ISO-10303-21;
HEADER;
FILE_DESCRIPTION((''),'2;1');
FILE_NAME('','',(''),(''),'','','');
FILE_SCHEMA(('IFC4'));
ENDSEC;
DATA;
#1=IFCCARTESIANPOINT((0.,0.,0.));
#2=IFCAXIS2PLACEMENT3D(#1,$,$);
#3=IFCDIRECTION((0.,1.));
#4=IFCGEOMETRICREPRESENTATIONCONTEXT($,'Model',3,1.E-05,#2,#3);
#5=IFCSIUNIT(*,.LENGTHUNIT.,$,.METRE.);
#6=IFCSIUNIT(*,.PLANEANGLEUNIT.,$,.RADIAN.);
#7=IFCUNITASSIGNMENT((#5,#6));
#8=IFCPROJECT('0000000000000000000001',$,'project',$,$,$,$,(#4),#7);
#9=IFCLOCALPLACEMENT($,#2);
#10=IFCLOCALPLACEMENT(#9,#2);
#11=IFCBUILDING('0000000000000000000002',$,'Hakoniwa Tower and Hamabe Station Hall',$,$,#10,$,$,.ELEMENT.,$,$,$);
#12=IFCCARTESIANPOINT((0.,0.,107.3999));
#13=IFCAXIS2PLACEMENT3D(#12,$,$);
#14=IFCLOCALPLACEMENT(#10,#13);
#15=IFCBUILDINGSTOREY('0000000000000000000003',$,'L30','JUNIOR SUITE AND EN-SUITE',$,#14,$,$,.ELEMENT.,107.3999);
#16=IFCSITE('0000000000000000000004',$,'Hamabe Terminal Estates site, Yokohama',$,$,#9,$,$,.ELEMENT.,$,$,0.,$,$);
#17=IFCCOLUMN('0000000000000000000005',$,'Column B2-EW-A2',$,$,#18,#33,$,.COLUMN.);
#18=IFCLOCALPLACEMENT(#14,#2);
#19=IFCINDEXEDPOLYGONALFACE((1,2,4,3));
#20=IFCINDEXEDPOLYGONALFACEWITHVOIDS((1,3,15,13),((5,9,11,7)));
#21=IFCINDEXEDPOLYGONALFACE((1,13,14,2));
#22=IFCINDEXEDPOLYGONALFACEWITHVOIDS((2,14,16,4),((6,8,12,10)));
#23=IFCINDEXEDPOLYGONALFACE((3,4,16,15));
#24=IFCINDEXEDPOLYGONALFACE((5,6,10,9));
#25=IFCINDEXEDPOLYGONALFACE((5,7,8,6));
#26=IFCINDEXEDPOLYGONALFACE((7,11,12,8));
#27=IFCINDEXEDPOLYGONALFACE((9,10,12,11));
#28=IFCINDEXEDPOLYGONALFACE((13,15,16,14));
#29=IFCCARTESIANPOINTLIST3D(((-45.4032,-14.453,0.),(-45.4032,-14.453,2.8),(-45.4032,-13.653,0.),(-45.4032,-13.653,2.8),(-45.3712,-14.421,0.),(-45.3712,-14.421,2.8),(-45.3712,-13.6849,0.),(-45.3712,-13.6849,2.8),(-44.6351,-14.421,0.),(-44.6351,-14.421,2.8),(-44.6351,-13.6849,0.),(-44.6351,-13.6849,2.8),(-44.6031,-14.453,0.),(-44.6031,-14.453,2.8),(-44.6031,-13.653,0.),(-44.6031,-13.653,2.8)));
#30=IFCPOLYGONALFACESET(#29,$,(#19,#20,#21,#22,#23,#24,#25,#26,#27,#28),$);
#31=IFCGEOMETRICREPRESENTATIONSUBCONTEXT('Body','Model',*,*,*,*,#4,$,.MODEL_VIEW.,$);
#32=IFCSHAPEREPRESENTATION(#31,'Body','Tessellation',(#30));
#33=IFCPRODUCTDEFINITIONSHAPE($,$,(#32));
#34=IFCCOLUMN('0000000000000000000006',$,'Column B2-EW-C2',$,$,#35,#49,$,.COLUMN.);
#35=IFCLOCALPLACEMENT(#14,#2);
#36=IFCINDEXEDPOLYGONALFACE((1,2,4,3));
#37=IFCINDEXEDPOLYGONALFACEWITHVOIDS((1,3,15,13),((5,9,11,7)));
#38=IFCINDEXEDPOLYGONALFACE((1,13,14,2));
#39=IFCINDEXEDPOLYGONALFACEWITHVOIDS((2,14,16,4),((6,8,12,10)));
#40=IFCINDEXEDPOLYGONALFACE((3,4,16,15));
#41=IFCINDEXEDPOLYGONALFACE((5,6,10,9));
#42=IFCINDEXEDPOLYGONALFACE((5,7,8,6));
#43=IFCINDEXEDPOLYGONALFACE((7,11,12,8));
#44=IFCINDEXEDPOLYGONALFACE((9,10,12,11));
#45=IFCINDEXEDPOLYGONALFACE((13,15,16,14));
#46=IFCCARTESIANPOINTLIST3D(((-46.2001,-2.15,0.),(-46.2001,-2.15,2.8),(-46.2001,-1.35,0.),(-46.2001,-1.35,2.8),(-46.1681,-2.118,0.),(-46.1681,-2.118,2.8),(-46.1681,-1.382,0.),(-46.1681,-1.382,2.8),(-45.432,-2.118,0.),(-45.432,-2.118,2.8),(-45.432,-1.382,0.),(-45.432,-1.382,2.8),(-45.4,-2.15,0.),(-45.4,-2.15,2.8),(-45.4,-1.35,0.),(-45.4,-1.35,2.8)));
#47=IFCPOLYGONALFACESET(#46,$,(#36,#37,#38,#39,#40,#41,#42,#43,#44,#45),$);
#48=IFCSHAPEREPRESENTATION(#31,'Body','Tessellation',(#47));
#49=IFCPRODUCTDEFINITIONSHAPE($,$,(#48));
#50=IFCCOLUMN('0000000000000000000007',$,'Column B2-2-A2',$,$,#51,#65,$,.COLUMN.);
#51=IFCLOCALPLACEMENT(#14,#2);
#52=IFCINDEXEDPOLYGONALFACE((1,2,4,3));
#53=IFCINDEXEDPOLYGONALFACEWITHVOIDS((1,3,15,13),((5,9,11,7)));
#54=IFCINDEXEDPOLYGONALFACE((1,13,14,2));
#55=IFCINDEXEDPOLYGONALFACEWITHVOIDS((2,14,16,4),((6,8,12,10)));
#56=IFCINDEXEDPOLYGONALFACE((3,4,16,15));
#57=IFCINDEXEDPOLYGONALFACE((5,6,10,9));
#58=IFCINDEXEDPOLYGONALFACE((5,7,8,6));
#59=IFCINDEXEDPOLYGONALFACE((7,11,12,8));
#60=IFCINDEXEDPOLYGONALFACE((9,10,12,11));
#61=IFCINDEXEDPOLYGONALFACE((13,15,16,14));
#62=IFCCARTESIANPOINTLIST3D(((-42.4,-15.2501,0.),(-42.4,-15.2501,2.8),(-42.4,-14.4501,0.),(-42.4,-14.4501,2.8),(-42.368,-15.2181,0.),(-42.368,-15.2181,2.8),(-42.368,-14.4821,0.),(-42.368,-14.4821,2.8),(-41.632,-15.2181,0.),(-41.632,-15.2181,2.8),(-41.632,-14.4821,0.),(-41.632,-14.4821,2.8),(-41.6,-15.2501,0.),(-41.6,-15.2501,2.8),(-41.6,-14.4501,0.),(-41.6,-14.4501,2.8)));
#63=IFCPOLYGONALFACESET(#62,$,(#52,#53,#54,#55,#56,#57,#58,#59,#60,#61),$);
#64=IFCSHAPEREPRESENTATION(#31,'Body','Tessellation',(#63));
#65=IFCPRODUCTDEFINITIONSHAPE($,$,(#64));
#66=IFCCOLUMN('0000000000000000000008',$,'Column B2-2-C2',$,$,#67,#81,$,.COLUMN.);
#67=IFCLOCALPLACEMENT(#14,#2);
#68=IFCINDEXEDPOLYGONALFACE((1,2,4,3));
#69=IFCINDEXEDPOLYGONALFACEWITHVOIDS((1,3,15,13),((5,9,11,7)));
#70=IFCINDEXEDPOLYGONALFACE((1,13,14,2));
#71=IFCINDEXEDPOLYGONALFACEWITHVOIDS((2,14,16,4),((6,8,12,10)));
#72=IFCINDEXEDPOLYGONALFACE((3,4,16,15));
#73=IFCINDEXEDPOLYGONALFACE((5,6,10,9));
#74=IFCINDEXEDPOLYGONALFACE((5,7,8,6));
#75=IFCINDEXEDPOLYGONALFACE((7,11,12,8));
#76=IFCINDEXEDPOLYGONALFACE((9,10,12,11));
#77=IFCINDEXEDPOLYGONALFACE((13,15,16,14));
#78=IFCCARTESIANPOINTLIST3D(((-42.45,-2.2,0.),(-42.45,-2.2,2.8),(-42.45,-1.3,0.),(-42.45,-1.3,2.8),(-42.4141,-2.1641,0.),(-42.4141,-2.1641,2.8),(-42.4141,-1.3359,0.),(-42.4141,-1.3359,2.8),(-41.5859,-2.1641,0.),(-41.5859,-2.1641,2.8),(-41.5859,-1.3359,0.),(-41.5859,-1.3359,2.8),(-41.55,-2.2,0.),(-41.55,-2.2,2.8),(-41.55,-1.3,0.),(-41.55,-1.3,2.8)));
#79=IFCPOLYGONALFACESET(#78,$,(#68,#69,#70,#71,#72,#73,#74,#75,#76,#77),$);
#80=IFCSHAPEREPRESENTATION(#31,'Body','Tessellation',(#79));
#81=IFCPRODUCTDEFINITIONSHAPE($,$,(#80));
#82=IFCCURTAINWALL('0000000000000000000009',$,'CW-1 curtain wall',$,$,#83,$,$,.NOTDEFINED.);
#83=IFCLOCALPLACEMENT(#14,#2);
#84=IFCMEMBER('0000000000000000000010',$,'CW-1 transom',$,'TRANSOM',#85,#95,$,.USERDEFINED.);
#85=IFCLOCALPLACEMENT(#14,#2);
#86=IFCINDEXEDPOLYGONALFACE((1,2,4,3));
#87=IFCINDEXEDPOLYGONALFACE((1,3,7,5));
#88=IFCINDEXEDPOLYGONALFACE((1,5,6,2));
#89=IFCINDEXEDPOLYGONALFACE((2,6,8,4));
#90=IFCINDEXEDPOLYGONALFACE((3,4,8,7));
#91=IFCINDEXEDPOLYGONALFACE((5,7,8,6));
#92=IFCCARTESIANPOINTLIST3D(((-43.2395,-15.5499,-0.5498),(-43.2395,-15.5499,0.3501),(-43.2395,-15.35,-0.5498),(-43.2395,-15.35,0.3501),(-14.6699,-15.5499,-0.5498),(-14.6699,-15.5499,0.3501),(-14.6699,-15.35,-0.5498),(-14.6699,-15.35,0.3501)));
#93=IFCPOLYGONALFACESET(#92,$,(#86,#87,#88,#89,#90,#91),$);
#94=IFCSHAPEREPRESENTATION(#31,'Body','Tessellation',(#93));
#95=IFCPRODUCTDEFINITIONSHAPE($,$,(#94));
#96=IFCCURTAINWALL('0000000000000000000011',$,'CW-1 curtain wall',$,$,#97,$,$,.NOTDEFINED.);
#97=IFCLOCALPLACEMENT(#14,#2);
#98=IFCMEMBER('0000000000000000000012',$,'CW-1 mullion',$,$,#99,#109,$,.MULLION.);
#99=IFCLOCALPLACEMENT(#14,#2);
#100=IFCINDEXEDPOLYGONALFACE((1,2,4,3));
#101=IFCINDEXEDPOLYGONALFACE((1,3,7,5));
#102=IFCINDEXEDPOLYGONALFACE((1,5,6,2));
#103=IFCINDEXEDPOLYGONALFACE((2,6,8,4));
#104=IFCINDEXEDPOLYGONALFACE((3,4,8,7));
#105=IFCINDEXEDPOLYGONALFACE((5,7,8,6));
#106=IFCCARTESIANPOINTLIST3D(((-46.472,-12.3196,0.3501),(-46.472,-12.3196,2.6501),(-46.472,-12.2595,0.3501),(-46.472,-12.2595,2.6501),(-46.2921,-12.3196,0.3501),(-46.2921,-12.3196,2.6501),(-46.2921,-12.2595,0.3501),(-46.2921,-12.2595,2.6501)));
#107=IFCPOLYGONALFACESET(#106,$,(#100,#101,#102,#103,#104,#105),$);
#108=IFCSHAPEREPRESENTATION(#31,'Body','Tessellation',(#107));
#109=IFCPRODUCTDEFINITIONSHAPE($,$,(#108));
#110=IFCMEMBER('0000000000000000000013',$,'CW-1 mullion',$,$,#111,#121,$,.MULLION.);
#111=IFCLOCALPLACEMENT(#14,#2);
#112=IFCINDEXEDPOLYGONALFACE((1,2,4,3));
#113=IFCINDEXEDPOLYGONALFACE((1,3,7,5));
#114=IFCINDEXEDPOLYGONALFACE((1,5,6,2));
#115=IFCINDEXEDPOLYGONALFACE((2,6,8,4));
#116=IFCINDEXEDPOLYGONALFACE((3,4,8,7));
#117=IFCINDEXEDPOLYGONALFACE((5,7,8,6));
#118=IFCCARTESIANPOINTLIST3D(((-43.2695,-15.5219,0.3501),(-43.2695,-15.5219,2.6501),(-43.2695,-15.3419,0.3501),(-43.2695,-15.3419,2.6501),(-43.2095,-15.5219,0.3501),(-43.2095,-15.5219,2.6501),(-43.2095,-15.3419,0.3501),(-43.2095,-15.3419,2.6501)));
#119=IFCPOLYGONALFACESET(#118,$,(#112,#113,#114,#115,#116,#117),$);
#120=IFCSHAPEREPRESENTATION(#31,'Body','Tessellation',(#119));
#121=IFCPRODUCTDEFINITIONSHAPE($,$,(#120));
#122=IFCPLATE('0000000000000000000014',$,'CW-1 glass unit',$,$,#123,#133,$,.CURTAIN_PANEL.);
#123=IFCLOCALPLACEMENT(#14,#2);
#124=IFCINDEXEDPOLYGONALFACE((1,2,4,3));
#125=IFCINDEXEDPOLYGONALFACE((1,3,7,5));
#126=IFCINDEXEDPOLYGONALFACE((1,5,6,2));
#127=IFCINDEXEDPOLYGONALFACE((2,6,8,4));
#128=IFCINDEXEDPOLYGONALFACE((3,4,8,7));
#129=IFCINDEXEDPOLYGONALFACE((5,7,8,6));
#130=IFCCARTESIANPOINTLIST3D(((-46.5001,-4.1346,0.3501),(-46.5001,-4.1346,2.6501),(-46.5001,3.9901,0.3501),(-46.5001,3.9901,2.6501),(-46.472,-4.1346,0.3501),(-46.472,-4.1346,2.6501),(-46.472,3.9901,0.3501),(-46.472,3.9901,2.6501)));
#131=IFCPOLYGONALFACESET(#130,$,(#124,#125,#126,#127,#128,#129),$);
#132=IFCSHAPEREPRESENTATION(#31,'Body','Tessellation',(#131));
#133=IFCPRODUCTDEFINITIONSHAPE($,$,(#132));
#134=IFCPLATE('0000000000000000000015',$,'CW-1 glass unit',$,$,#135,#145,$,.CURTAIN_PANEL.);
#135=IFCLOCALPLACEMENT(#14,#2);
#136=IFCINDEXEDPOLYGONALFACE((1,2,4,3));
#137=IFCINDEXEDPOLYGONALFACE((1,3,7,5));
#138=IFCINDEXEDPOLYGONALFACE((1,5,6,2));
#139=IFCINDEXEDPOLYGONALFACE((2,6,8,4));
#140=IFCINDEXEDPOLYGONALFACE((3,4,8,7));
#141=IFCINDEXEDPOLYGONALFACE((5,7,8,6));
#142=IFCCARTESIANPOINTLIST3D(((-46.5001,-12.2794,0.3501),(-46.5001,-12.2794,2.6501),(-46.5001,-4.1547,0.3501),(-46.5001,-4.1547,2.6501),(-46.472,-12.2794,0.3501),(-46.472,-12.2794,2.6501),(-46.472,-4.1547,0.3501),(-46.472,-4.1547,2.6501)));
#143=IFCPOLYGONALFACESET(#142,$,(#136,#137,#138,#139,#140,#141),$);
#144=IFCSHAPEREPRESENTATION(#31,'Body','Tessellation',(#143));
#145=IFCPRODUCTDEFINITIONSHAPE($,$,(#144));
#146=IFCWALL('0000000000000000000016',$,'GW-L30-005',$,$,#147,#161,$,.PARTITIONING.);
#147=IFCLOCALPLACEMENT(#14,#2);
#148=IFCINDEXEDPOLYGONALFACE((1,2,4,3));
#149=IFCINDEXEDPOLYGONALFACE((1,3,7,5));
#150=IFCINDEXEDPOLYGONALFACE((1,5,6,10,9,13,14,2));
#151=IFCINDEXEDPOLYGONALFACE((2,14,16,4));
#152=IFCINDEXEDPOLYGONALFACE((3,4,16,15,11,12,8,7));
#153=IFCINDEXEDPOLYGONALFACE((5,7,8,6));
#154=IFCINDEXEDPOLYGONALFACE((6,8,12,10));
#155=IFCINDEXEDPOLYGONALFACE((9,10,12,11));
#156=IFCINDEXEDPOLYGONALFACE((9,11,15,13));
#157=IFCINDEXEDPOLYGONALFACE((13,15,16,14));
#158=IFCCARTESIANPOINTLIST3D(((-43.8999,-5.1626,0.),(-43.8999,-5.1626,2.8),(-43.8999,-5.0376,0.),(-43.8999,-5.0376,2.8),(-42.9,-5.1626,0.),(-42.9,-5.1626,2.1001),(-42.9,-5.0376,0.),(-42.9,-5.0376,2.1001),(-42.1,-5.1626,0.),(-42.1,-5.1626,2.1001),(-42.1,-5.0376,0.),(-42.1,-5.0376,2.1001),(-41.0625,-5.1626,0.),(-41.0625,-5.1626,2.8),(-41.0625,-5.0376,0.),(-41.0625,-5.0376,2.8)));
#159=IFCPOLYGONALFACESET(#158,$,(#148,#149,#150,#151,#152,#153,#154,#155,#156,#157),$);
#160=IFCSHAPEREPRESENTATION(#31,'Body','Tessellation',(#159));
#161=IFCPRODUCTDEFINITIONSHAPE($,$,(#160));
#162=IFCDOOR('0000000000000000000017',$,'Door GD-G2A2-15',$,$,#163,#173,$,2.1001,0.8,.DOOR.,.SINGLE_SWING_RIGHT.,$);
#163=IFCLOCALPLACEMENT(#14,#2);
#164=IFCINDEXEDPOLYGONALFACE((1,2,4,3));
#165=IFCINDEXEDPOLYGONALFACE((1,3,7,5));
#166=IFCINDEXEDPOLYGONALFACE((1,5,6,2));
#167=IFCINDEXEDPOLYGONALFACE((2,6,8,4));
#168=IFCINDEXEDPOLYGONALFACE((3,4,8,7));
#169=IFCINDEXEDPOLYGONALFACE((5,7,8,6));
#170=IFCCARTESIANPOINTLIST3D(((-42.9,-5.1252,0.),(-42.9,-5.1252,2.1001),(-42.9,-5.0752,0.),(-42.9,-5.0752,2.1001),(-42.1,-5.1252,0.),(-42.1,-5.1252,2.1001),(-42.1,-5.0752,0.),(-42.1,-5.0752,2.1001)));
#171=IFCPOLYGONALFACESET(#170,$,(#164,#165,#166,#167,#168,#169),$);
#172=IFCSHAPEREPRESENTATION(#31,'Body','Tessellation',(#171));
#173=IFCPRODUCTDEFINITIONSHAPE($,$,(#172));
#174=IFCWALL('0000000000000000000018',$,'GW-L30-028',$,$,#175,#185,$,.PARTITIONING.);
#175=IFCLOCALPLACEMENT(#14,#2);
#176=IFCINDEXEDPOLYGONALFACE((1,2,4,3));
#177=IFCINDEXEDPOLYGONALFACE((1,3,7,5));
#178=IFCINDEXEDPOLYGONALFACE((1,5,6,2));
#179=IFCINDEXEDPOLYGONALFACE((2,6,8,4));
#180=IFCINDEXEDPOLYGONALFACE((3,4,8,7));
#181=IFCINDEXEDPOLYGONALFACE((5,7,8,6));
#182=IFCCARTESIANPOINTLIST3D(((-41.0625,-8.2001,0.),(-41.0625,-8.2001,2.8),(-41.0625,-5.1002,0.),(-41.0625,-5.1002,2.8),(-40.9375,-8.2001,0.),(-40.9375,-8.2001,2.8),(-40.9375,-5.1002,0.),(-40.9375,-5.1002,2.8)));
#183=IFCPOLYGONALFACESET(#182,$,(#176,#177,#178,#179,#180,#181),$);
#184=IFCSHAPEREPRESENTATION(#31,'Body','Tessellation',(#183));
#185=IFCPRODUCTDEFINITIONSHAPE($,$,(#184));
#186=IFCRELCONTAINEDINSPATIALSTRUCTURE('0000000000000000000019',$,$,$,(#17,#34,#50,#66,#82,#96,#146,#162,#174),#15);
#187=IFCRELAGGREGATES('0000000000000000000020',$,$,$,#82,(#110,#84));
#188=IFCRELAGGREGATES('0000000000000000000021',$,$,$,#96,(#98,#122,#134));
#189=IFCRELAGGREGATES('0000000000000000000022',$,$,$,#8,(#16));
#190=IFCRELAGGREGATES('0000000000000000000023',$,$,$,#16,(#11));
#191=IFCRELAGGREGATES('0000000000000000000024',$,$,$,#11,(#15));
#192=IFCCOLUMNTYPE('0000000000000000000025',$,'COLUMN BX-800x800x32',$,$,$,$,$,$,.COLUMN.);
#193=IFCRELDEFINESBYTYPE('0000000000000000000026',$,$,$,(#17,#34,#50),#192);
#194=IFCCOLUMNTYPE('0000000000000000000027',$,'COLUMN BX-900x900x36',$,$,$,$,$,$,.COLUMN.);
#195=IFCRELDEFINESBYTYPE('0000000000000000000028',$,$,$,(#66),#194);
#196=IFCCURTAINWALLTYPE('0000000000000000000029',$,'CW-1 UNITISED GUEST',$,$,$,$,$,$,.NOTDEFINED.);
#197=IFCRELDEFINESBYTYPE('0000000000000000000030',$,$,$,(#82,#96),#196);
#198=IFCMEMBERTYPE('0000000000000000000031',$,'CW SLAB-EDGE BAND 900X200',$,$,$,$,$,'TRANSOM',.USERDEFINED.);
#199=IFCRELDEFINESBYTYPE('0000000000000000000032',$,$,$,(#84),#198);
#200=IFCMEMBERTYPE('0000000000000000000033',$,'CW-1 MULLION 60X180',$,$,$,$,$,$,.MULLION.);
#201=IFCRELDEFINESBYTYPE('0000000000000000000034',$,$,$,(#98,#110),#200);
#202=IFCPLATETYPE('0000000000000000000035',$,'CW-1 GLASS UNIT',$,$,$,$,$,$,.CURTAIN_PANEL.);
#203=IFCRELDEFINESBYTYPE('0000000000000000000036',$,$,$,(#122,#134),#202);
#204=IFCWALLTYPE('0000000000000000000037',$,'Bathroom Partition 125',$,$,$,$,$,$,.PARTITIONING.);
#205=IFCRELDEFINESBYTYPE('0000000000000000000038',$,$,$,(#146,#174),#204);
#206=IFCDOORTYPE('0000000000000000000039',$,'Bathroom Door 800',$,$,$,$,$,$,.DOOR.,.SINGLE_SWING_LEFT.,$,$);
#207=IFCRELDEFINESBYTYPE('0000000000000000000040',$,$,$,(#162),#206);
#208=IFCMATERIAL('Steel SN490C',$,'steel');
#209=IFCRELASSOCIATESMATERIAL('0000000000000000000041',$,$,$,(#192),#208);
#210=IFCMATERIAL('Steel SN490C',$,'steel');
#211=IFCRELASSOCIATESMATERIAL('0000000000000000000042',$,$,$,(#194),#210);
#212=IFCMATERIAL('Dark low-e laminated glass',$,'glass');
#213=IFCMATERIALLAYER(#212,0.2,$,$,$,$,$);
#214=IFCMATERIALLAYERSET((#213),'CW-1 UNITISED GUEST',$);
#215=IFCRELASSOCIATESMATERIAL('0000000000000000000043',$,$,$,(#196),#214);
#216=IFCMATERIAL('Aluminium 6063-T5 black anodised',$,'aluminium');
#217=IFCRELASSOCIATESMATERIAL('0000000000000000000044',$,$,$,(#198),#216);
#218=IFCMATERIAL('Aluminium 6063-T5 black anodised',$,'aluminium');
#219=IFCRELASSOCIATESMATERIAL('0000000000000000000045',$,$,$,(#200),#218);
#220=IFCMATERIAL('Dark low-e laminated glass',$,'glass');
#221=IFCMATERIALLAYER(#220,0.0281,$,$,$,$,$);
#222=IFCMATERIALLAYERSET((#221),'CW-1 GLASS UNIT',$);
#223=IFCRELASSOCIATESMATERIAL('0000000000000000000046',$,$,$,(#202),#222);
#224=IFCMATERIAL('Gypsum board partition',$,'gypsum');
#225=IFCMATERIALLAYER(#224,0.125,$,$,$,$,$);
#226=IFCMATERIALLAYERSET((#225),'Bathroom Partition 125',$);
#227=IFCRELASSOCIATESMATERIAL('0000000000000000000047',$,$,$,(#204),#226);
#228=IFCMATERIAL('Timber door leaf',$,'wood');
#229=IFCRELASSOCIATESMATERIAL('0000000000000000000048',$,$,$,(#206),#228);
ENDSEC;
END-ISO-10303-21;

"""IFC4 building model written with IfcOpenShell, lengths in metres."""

from ifc_helpers import new_model, si_unit, direction, frame, frame_2d, origin, origin_2d, place, context, subcontext, project, spatial, rectangle, hollow_rectangle, extrude, material, layer, layer_set, material_profile, profile_set, type_object, element, fill, aggregate, save


model = new_model("IFC4")

# Units and contexts
model_context = context("Model", 3, precision=1e-05, world=origin(), true_north=direction((0.0, 1.0)))
body_context = subcontext(model_context, "Body", "Model", "MODEL_VIEW")
ifc_project = project(units=[si_unit("LENGTHUNIT", "METRE"), si_unit("PLANEANGLEUNIT", "RADIAN")], contexts=[model_context])

# Site, building, storey
site_placement = place(None, origin())
site = spatial("IfcSite", under=ifc_project, at=site_placement, Name="Hamabe Terminal Estates site, Yokohama", CompositionType="ELEMENT", RefElevation=0.0)
building_placement = place(site_placement, origin())
building = spatial("IfcBuilding", under=site, at=building_placement, Name="Hakoniwa Tower and Hamabe Station Hall", CompositionType="ELEMENT")
storey_placement = place(building_placement, frame((0.0, 0.0, 107.3999)))
storey = spatial("IfcBuildingStorey", under=building, at=storey_placement, Name="L30", Description="JUNIOR SUITE AND EN-SUITE", CompositionType="ELEMENT", Elevation=107.3999)

# Columns
ifc_material_1 = material(Name="Steel SN490C", Category="steel")
ifc_material_profile_1 = material_profile(ifc_material_1, hollow_rectangle(XDim=0.8, YDim=0.8, WallThickness=0.032, at=origin_2d()), Name="BX-800x800x32")
ifc_profile_set_1 = profile_set([ifc_material_profile_1], Name="Steel SN490C")
column_type_1 = type_object("IfcColumnType", Name="COLUMN BX-800x800x32", PredefinedType="COLUMN", material=ifc_profile_set_1)
for number, where, z_axis, x_axis, name in (
    (1, (-45.0032, -14.053, 0.0), (0.0, 0.0, 1.0), (1.0, 0.0, 0.0), "Column B2-EW-A2"),
    (2, (-45.8, -1.75, 0.0), (0.0, 0.0, 1.0), (1.0, 0.0, 0.0), "Column B2-EW-C2"),
    (3, (-42.0, -14.8501, 0.0), (0.0, 0.0, 1.0), (1.0, 0.0, 0.0), "Column B2-2-A2"),
):
    element("IfcColumn", number, at=place(storey_placement, frame(where, z_axis=z_axis, x_axis=x_axis)), inside=storey, type_object=column_type_1, Name=name, PredefinedType="COLUMN", context=body_context, shape_type="SweptSolid", body=[
        extrude(hollow_rectangle(XDim=0.8, YDim=0.8, WallThickness=0.032, at=origin_2d()), origin(), (0.0, 0.0, 1.0), 2.8),
    ])
ifc_material_2 = material(Name="Steel SN490C", Category="steel")
ifc_material_profile_2 = material_profile(ifc_material_2, hollow_rectangle(XDim=0.8999, YDim=0.8999, WallThickness=0.0359, at=origin_2d()), Name="BX-900x900x36")
ifc_profile_set_2 = profile_set([ifc_material_profile_2], Name="Steel SN490C")
column_type_2 = type_object("IfcColumnType", Name="COLUMN BX-900x900x36", PredefinedType="COLUMN", material=ifc_profile_set_2)
column_placement = place(storey_placement, frame((-42.0, -1.75, 0.0), z_axis=(0.0, 0.0, 1.0), x_axis=(1.0, 0.0, 0.0)))
element("IfcColumn", 4, at=column_placement, inside=storey, type_object=column_type_2, Name="Column B2-2-C2", PredefinedType="COLUMN", context=body_context, shape_type="SweptSolid", body=[
    extrude(hollow_rectangle(XDim=0.8999, YDim=0.8999, WallThickness=0.0359, at=origin_2d()), origin(), (0.0, 0.0, 1.0), 2.8),
])

# Curtain walls, members
ifc_material_3 = material(Name="Dark low-e laminated glass", Category="glass")
ifc_layer_1 = layer(ifc_material_3, 0.2)
ifc_layer_set_1 = layer_set([ifc_layer_1], Name="CW-1 UNITISED GUEST")
curtain_wall_type = type_object("IfcCurtainWallType", Name="CW-1 UNITISED GUEST", PredefinedType="NOTDEFINED", material=ifc_layer_set_1)
curtain_wall_1_placement = place(storey_placement, origin())
curtain_wall_1 = element("IfcCurtainWall", 5, at=curtain_wall_1_placement, inside=storey, type_object=curtain_wall_type, Name="CW-1 curtain wall", PredefinedType="NOTDEFINED")
ifc_material_4 = material(Name="Aluminium 6063-T5 black anodised", Category="aluminium")
ifc_material_profile_3 = material_profile(ifc_material_4, rectangle(XDim=0.2, YDim=0.8999, at=origin_2d()), Name="CW SLAB-EDGE BAND 900X200")
ifc_profile_set_3 = profile_set([ifc_material_profile_3], Name="Aluminium 6063-T5 black anodised")
member_type_1 = type_object("IfcMemberType", Name="CW SLAB-EDGE BAND 900X200", ElementType="TRANSOM", PredefinedType="USERDEFINED", material=ifc_profile_set_3)
member_1_placement = place(storey_placement, frame((-43.2395, -15.45, -0.0999), z_axis=(1.0, 0.0, 0.0), x_axis=(0.0, 1.0, 0.0)))
member_1 = element("IfcMember", 6, at=member_1_placement, type_object=member_type_1, Name="CW-1 transom", ObjectType="TRANSOM", PredefinedType="USERDEFINED", context=body_context, shape_type="SweptSolid", body=[
    extrude(rectangle(XDim=0.2, YDim=0.8999, at=origin_2d()), origin(), (0.0, 0.0, 1.0), 28.5696),
])
curtain_wall_2_placement = place(storey_placement, origin())
curtain_wall_2 = element("IfcCurtainWall", 7, at=curtain_wall_2_placement, inside=storey, type_object=curtain_wall_type, Name="CW-1 curtain wall", PredefinedType="NOTDEFINED")
ifc_material_5 = material(Name="Aluminium 6063-T5 black anodised", Category="aluminium")
ifc_material_profile_4 = material_profile(ifc_material_5, rectangle(XDim=0.0601, YDim=0.1799, at=origin_2d()), Name="CW-1 MULLION 60X180")
ifc_profile_set_4 = profile_set([ifc_material_profile_4], Name="Aluminium 6063-T5 black anodised")
member_type_2 = type_object("IfcMemberType", Name="CW-1 MULLION 60X180", PredefinedType="MULLION", material=ifc_profile_set_4)
member_2_placement = place(storey_placement, frame((-46.3821, -12.2896, 0.3501), z_axis=(0.0, 0.0, 1.0), x_axis=(0.0, -1.0, 0.0)))
member_2 = element("IfcMember", 8, at=member_2_placement, type_object=member_type_2, Name="CW-1 mullion", PredefinedType="MULLION", context=body_context, shape_type="SweptSolid", body=[
    extrude(rectangle(XDim=0.0601, YDim=0.1799, at=origin_2d()), origin(), (0.0, 0.0, 1.0), 2.3),
])

# Member
member_3_placement = place(storey_placement, frame((-43.2395, -15.4319, 0.3501), z_axis=(0.0, 0.0, 1.0), x_axis=(1.0, 0.0, 0.0)))
member_3 = element("IfcMember", 9, at=member_3_placement, type_object=member_type_2, Name="CW-1 mullion", PredefinedType="MULLION", context=body_context, shape_type="SweptSolid", body=[
    extrude(rectangle(XDim=0.0601, YDim=0.1799, at=origin_2d()), origin(), (0.0, 0.0, 1.0), 2.3),
])
aggregate(curtain_wall_1, [member_3, member_1])

# Plates
ifc_material_6 = material(Name="Dark low-e laminated glass", Category="glass")
ifc_layer_2 = layer(ifc_material_6, 0.0281)
ifc_layer_set_2 = layer_set([ifc_layer_2], Name="CW-1 GLASS UNIT")
plate_type = type_object("IfcPlateType", Name="CW-1 GLASS UNIT", PredefinedType="CURTAIN_PANEL", material=ifc_layer_set_2)
plate_1_placement = place(storey_placement, frame((-46.4861, -0.0723, 0.3501), z_axis=(0.0, 0.0, 1.0), x_axis=(0.0, -1.0, 0.0)))
plate_1 = element("IfcPlate", 10, at=plate_1_placement, type_object=plate_type, Name="CW-1 glass unit", PredefinedType="CURTAIN_PANEL", context=body_context, shape_type="SweptSolid", body=[
    extrude(rectangle(XDim=8.1248, YDim=0.0281, at=origin_2d()), origin(), (0.0, 0.0, 1.0), 2.3),
])
plate_2_placement = place(storey_placement, frame((-46.4861, -8.217, 0.3501), z_axis=(0.0, 0.0, 1.0), x_axis=(0.0, -1.0, 0.0)))
plate_2 = element("IfcPlate", 11, at=plate_2_placement, type_object=plate_type, Name="CW-1 glass unit", PredefinedType="CURTAIN_PANEL", context=body_context, shape_type="SweptSolid", body=[
    extrude(rectangle(XDim=8.1248, YDim=0.0281, at=origin_2d()), origin(), (0.0, 0.0, 1.0), 2.3),
])
aggregate(curtain_wall_2, [member_2, plate_1, plate_2])

# Wall, opening, door
ifc_material_7 = material(Name="Gypsum board partition", Category="gypsum")
ifc_layer_3 = layer(ifc_material_7, 0.125)
ifc_layer_set_3 = layer_set([ifc_layer_3], Name="Bathroom Partition 125")
wall_type_1 = type_object("IfcWallType", Name="Bathroom Partition 125", PredefinedType="PARTITIONING", material=ifc_layer_set_3)
wall_1_placement = place(storey_placement, frame((-43.8999, -5.1001, 0.0), z_axis=(0.0, 0.0, 1.0), x_axis=(1.0, 0.0, 0.0)))
wall_1 = element("IfcWall", 12, at=wall_1_placement, inside=storey, type_object=wall_type_1, Name="GW-L30-005", PredefinedType="PARTITIONING", context=body_context, shape_type="SweptSolid", body=[
    extrude(rectangle(XDim=2.8374, YDim=0.125, at=frame_2d((1.4187, 0.0))), origin(), (0.0, 0.0, 1.0), 2.8),
])
opening_1_placement = place(wall_1_placement, frame((1.0, 0.0, 0.0)))
opening_1 = element("IfcOpeningElement", 13, at=opening_1_placement, cuts=wall_1, PredefinedType="OPENING", context=body_context, shape_type="SweptSolid", body=[
    extrude(rectangle(XDim=0.8, YDim=2.1001, at=frame_2d((0.3999, 1.05))), frame((0.0, 0.0725, 0.0), z_axis=(0.0, -1.0, 0.0), x_axis=(1.0, 0.0, 0.0)), (0.0, 0.0, 1.0), 0.145),
])
ifc_material_8 = material(Name="Timber door leaf", Category="wood")
door_type_1 = type_object("IfcDoorType", Name="Bathroom Door 800", OperationType="SINGLE_SWING_LEFT", PredefinedType="DOOR", material=ifc_material_8)
door_1_placement = place(opening_1_placement, origin())
door_1 = element("IfcDoor", 14, at=door_1_placement, inside=storey, type_object=door_type_1, Name="Door GD-G2A2-15", OperationType="SINGLE_SWING_RIGHT", OverallHeight=2.1001, OverallWidth=0.8, PredefinedType="DOOR", context=body_context, shape_type="SweptSolid", body=[
    extrude(rectangle(XDim=0.8, YDim=2.1001, at=frame_2d((0.3999, 1.05))), frame((0.0, 0.0249, 0.0), z_axis=(0.0, -1.0, 0.0), x_axis=(1.0, 0.0, 0.0)), (0.0, 0.0, 1.0), 0.05),
])
fill(opening_1, door_1)

# Wall
wall_2_placement = place(storey_placement, frame((-41.0, -8.2, 0.0), z_axis=(0.0, 0.0, 1.0), x_axis=(0.0, 1.0, 0.0)))
element("IfcWall", 15, at=wall_2_placement, inside=storey, type_object=wall_type_1, Name="GW-L30-028", PredefinedType="PARTITIONING", context=body_context, shape_type="SweptSolid", body=[
    extrude(rectangle(XDim=3.0999, YDim=0.125, at=frame_2d((1.5498, 0.0))), origin(), (0.0, 0.0, 1.0), 2.8),
])

save(model, "model.ifc")
